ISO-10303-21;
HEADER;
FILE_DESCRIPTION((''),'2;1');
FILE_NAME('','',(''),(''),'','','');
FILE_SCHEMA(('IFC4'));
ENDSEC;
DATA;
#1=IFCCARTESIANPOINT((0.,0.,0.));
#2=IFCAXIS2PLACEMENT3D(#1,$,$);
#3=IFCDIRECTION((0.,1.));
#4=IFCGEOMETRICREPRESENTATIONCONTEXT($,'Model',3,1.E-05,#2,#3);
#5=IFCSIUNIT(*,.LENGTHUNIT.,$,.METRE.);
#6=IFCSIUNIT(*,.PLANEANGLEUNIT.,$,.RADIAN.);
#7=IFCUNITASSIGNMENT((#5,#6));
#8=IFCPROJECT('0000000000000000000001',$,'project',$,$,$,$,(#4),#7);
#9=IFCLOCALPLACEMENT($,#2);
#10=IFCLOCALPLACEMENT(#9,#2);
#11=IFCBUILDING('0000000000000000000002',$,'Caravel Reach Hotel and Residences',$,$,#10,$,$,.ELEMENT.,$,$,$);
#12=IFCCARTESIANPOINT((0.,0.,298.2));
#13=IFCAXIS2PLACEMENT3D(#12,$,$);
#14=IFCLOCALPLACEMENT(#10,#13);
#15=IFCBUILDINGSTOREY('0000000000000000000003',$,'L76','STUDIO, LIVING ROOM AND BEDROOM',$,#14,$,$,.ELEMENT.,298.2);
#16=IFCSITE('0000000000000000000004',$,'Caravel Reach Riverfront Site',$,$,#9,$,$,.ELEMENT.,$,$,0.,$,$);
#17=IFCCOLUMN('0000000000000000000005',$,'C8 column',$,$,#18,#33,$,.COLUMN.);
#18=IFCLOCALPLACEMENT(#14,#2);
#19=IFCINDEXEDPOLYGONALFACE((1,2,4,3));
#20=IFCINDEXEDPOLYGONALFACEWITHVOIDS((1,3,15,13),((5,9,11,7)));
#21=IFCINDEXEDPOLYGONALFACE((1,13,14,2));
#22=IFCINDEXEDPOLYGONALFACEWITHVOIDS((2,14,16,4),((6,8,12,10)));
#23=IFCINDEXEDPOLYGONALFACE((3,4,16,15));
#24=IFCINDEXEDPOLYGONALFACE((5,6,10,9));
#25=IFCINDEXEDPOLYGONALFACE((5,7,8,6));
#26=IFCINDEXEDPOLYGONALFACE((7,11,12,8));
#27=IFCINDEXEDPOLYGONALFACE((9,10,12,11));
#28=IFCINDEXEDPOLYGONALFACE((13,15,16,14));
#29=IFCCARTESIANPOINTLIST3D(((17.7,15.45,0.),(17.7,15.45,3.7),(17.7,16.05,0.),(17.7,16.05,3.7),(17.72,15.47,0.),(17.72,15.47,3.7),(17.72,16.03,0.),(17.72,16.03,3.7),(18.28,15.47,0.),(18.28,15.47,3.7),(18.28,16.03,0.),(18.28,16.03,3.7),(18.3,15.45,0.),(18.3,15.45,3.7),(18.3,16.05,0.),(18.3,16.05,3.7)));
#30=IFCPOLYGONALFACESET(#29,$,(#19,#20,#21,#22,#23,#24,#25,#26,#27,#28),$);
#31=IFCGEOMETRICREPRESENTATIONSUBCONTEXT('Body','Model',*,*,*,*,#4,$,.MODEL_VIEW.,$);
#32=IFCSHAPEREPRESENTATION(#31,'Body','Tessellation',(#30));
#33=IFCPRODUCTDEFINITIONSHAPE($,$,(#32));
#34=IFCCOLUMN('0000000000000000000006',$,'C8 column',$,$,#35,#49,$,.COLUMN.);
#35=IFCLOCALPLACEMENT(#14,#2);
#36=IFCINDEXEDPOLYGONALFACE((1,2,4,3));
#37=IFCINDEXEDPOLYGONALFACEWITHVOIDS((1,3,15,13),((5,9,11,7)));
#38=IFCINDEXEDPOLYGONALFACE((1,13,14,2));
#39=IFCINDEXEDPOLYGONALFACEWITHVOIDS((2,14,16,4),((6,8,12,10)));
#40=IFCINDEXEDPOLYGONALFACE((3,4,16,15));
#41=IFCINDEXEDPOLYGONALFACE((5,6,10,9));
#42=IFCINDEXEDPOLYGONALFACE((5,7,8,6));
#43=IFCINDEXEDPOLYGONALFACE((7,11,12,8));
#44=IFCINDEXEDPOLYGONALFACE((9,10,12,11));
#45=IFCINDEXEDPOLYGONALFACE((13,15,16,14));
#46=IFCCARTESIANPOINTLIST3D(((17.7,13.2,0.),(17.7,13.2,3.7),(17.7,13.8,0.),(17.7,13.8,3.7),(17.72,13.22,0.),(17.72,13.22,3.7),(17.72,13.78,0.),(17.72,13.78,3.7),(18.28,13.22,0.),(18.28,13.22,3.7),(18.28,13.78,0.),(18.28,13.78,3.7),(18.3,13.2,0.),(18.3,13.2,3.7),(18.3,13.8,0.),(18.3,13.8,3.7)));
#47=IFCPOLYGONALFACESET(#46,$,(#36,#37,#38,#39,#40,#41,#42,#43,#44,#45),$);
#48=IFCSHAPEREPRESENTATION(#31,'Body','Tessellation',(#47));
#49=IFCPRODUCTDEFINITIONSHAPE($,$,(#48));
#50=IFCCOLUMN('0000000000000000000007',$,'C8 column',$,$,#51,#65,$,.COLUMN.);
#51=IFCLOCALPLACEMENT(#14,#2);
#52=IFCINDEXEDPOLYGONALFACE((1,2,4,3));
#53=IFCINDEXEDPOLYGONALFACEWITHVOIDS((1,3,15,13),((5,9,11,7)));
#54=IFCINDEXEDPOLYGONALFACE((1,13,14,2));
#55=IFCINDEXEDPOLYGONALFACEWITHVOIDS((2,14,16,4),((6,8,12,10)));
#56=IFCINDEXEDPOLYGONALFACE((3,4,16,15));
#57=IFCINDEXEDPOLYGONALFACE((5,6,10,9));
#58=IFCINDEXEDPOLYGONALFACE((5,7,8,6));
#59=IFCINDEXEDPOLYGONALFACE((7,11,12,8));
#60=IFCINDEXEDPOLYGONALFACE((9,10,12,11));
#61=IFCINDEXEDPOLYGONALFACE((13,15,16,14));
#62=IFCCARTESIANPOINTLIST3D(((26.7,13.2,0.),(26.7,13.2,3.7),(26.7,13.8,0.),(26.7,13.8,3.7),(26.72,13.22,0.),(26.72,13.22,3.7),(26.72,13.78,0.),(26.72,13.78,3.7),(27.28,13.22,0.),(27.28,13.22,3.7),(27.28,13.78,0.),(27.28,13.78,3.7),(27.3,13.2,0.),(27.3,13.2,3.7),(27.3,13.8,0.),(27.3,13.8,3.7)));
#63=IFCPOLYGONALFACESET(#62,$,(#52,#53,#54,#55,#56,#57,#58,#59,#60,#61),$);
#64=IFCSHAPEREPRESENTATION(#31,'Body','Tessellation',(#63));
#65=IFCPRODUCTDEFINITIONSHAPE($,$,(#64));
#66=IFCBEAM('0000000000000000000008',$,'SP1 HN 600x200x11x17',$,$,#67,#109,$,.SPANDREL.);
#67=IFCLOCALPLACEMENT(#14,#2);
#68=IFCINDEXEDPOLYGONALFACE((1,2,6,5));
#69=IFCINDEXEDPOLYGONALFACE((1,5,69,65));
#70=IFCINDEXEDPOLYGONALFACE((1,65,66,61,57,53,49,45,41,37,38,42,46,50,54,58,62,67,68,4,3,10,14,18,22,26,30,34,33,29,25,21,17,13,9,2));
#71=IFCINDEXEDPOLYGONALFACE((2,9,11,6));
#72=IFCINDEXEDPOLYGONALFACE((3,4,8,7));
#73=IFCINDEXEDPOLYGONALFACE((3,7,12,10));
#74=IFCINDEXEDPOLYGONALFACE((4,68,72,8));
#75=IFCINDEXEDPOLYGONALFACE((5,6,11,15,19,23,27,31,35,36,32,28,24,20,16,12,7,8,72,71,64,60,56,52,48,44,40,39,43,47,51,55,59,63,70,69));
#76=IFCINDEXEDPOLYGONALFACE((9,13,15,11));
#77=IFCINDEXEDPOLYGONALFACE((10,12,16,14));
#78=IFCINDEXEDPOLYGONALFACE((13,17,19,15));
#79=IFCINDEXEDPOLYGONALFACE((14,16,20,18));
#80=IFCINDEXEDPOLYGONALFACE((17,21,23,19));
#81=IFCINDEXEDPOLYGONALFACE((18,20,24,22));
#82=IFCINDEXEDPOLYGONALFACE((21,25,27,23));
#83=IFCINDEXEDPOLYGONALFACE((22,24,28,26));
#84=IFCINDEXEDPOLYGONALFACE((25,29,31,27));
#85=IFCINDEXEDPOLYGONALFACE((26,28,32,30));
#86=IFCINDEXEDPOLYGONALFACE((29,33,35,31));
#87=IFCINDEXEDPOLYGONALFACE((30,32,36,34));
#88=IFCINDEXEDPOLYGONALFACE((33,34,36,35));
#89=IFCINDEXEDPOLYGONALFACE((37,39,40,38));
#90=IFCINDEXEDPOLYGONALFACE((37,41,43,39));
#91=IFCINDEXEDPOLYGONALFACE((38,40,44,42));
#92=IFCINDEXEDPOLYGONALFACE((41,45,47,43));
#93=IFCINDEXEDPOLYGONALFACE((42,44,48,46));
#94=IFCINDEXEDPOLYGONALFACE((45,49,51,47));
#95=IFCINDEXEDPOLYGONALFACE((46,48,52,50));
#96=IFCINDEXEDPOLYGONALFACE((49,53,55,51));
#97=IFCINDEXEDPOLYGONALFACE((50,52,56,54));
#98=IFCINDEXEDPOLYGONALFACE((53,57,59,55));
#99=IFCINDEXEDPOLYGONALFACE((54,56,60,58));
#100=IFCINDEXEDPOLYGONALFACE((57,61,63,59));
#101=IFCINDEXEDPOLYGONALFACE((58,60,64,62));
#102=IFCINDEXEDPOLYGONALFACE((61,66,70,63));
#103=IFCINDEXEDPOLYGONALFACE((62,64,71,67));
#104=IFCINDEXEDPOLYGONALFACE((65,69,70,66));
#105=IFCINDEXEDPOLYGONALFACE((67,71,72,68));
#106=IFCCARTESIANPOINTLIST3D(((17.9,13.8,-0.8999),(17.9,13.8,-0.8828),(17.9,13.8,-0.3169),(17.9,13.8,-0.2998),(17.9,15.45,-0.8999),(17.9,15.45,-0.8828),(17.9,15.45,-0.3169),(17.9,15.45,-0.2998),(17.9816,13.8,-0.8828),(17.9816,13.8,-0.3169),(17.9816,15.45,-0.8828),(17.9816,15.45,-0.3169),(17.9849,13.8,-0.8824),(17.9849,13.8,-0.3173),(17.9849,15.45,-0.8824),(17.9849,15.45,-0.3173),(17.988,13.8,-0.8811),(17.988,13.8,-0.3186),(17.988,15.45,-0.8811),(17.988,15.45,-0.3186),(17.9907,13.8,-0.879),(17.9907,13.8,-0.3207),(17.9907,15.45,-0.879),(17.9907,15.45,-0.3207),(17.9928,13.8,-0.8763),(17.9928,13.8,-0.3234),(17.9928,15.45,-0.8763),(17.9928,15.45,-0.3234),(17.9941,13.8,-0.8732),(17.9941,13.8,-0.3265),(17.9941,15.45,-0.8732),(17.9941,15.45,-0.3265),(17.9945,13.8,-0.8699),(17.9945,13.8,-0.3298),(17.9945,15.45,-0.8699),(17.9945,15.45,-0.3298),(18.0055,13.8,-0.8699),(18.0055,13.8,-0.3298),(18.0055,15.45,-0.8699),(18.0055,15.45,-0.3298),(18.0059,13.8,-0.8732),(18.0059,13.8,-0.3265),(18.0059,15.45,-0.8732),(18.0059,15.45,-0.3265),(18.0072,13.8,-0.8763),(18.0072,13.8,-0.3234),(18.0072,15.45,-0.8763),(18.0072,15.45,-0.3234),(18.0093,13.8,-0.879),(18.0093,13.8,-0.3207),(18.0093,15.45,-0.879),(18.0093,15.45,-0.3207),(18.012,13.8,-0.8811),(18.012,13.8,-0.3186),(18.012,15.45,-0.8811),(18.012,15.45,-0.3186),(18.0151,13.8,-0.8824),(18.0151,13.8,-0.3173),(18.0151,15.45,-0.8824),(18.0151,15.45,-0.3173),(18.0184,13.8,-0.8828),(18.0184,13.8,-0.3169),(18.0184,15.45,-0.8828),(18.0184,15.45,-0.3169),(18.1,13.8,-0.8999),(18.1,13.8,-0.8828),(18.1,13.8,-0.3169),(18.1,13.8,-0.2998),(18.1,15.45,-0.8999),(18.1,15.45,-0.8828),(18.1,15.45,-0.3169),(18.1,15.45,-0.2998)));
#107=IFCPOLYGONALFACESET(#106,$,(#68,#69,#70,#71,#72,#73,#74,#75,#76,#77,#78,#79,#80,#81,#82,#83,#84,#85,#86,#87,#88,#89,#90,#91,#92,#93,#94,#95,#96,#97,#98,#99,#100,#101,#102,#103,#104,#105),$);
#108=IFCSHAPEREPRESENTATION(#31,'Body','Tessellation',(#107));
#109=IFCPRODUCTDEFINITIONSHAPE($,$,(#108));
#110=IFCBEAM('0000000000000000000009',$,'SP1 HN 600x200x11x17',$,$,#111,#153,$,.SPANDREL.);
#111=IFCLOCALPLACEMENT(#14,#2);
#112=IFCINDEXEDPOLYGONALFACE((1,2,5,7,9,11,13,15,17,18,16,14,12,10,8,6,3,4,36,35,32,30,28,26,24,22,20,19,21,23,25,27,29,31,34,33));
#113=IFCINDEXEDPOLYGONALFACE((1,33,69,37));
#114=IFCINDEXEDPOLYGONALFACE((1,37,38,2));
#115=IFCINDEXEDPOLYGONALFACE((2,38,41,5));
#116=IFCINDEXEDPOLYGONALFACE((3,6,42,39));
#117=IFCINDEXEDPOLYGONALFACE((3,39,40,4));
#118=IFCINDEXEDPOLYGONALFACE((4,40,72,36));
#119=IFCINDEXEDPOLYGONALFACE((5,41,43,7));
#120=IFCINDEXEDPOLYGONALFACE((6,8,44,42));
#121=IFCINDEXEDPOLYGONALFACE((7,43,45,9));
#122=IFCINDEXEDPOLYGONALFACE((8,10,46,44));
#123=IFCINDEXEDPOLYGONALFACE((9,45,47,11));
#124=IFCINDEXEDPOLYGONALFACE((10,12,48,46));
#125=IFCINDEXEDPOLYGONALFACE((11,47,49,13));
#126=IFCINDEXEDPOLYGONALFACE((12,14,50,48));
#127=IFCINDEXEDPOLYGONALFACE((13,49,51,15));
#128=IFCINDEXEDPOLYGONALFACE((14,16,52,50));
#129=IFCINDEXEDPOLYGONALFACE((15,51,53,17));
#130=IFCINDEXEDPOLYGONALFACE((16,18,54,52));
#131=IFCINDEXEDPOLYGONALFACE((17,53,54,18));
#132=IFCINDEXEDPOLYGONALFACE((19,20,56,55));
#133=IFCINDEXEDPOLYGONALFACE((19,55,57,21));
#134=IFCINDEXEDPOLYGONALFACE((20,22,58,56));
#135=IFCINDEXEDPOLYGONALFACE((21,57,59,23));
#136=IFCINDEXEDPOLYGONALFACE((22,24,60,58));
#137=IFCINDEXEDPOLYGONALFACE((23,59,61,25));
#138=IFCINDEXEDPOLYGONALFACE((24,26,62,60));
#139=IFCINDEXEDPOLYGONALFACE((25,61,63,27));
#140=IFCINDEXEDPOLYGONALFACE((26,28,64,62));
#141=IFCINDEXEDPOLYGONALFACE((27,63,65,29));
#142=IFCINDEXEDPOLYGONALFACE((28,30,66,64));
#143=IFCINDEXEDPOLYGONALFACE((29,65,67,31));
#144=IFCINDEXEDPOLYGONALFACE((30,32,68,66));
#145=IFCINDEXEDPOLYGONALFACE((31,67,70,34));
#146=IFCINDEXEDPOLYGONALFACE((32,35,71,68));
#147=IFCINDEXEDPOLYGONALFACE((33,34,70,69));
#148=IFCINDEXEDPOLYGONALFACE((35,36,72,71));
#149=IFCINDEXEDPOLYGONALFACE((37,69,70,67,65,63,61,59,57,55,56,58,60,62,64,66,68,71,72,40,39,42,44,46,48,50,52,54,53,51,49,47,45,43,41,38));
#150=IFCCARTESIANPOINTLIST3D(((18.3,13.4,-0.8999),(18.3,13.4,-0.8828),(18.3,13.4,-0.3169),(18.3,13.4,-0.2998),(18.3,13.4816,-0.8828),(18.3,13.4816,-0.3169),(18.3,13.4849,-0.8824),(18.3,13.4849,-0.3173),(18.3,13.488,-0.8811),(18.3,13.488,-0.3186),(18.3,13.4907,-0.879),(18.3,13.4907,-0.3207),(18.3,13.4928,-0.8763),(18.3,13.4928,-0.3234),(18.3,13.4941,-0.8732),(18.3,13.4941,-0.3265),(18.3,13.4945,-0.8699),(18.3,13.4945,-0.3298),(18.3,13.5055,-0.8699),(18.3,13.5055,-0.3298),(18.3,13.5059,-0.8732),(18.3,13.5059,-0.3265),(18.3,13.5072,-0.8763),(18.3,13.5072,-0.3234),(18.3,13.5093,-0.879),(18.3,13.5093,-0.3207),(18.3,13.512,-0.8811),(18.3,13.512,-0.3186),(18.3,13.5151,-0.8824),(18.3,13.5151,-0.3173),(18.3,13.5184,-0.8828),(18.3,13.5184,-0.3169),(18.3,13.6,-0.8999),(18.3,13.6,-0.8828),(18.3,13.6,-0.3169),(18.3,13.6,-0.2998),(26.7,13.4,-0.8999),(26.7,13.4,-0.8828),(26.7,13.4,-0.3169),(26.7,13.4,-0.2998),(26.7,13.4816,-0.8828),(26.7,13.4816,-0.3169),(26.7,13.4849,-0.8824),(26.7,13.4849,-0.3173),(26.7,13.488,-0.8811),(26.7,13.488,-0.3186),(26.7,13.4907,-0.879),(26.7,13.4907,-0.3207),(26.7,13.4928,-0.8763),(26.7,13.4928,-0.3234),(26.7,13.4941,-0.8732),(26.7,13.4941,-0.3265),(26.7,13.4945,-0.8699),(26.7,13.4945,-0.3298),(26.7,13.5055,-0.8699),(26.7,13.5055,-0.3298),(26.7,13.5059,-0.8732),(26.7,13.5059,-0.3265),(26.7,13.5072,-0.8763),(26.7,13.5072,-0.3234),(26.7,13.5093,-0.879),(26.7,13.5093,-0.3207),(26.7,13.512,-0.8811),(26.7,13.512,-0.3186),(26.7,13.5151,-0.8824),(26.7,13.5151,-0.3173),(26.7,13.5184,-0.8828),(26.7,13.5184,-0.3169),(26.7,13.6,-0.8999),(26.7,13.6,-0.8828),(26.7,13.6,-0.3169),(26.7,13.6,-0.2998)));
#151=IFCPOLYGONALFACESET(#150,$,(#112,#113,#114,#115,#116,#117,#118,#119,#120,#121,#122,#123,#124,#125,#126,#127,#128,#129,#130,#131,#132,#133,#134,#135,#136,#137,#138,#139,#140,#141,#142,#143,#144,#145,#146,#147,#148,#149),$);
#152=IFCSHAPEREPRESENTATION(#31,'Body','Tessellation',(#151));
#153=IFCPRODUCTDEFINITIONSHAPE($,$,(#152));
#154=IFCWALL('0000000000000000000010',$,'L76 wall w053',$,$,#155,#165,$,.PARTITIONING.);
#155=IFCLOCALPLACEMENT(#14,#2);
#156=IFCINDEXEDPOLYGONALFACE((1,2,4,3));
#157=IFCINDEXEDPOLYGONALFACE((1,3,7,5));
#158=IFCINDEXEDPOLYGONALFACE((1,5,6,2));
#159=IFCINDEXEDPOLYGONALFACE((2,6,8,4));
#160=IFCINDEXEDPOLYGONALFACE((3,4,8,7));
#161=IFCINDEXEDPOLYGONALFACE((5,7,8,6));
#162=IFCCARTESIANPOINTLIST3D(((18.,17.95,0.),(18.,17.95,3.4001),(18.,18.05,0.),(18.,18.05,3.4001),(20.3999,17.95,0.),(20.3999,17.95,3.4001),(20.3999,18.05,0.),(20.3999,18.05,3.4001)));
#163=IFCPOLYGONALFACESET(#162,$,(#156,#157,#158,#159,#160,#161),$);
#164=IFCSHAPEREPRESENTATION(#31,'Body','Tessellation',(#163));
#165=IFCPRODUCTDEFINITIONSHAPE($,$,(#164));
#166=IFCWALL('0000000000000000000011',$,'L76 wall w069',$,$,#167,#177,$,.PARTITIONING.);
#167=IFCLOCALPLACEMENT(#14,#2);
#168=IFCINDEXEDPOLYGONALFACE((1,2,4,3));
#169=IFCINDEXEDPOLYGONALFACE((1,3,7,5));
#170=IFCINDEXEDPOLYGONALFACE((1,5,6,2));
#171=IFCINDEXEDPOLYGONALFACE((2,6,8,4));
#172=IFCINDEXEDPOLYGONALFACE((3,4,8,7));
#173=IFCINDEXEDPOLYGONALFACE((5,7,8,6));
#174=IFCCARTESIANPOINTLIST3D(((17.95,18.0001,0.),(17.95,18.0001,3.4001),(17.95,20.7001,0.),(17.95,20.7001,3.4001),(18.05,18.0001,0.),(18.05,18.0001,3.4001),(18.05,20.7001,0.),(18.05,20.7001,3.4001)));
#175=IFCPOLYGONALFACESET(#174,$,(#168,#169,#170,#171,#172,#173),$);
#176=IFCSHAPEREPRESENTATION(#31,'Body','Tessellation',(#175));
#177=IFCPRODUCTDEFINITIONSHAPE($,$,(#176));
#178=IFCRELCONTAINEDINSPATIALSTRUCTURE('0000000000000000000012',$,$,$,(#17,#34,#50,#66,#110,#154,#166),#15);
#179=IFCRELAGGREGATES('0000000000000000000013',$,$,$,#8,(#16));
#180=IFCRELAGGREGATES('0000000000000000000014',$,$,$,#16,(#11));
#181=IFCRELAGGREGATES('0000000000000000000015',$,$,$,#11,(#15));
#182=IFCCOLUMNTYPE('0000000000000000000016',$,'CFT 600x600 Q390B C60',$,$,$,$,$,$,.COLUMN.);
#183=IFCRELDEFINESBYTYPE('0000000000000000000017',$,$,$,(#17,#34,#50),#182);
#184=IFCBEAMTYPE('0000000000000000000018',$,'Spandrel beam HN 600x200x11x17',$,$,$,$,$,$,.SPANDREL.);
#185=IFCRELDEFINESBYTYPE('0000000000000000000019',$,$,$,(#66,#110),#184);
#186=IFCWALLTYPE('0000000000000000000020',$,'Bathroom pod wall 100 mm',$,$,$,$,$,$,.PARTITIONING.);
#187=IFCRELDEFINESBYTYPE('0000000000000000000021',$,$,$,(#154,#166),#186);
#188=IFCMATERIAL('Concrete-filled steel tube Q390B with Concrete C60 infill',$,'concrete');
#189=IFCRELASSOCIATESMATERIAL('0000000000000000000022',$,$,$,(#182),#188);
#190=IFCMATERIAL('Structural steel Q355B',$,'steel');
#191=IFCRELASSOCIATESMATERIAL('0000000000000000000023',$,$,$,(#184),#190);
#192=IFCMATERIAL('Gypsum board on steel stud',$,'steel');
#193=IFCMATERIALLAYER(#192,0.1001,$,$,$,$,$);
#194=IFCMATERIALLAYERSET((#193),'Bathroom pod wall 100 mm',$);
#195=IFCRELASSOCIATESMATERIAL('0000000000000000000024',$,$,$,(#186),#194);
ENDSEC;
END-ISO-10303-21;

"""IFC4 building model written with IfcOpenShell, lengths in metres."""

from ifc_helpers import new_model, si_unit, direction, frame, frame_2d, origin, origin_2d, place, context, subcontext, project, spatial, rectangle, hollow_rectangle, i_section, extrude, material, layer, layer_set, material_profile, profile_set, type_object, element, save


model = new_model("IFC4")

# Units and contexts
model_context = context("Model", 3, precision=1e-05, world=origin(), true_north=direction((0.0, 1.0)))
body_context = subcontext(model_context, "Body", "Model", "MODEL_VIEW")
ifc_project = project(units=[si_unit("LENGTHUNIT", "METRE"), si_unit("PLANEANGLEUNIT", "RADIAN")], contexts=[model_context])

# Site, building, storey
site_placement = place(None, origin())
site = spatial("IfcSite", under=ifc_project, at=site_placement, Name="Caravel Reach Riverfront Site", CompositionType="ELEMENT", RefElevation=0.0)
building_placement = place(site_placement, origin())
building = spatial("IfcBuilding", under=site, at=building_placement, Name="Caravel Reach Hotel and Residences", CompositionType="ELEMENT")
storey_placement = place(building_placement, frame((0.0, 0.0, 298.2)))
storey = spatial("IfcBuildingStorey", under=building, at=storey_placement, Name="L76", Description="STUDIO, LIVING ROOM AND BEDROOM", CompositionType="ELEMENT", Elevation=298.2)

# Columns
ifc_material_1 = material(Name="Concrete-filled steel tube Q390B with Concrete C60 infill", Category="concrete")
ifc_material_profile_1 = material_profile(ifc_material_1, hollow_rectangle(XDim=0.6001, YDim=0.6001, WallThickness=0.02, at=origin_2d()), Name="RHS 600x600x20")
ifc_profile_set_1 = profile_set([ifc_material_profile_1], Name="Concrete-filled steel tube Q390B with Concrete C60 infill")
column_type = type_object("IfcColumnType", Name="CFT 600x600 Q390B C60", PredefinedType="COLUMN", material=ifc_profile_set_1)
for number, where, z_axis, x_axis, name in (
    (1, (18.0, 15.75, 0.0), (0.0, 0.0, 1.0), (1.0, 0.0, 0.0), "C8 column"),
    (2, (18.0, 13.5, 0.0), (0.0, 0.0, 1.0), (1.0, 0.0, 0.0), "C8 column"),
    (3, (27.0, 13.5, 0.0), (0.0, 0.0, 1.0), (1.0, 0.0, 0.0), "C8 column"),
):
    element("IfcColumn", number, at=place(storey_placement, frame(where, z_axis=z_axis, x_axis=x_axis)), inside=storey, type_object=column_type, Name=name, PredefinedType="COLUMN", context=body_context, shape_type="SweptSolid", body=[
        extrude(hollow_rectangle(XDim=0.6001, YDim=0.6001, WallThickness=0.02, at=origin_2d()), origin(), (0.0, 0.0, 1.0), 3.7),
    ])

# Beams
ifc_material_2 = material(Name="Structural steel Q355B", Category="steel")
ifc_material_profile_2 = material_profile(ifc_material_2, i_section(OverallWidth=0.2, OverallDepth=0.6001, WebThickness=0.011, FlangeThickness=0.0171, FilletRadius=0.0129, at=origin_2d()), Name="HN 600x200x11x17")
ifc_profile_set_2 = profile_set([ifc_material_profile_2], Name="Structural steel Q355B")
beam_type = type_object("IfcBeamType", Name="Spandrel beam HN 600x200x11x17", PredefinedType="SPANDREL", material=ifc_profile_set_2)
beam_1_placement = place(storey_placement, frame((18.0, 15.45, -0.5999), z_axis=(0.0, -1.0, 0.0), x_axis=(1.0, 0.0, 0.0)))
element("IfcBeam", 4, at=beam_1_placement, inside=storey, type_object=beam_type, Name="SP1 HN 600x200x11x17", PredefinedType="SPANDREL", context=body_context, shape_type="SweptSolid", body=[
    extrude(i_section(OverallWidth=0.2, OverallDepth=0.6001, WebThickness=0.011, FlangeThickness=0.0171, FilletRadius=0.0129, at=origin_2d()), origin(), (0.0, 0.0, 1.0), 1.6499),
])
beam_2_placement = place(storey_placement, frame((18.3, 13.5, -0.5999), z_axis=(1.0, 0.0, 0.0), x_axis=(0.0, 1.0, 0.0)))
element("IfcBeam", 5, at=beam_2_placement, inside=storey, type_object=beam_type, Name="SP1 HN 600x200x11x17", PredefinedType="SPANDREL", context=body_context, shape_type="SweptSolid", body=[
    extrude(i_section(OverallWidth=0.2, OverallDepth=0.6001, WebThickness=0.011, FlangeThickness=0.0171, FilletRadius=0.0129, at=origin_2d()), origin(), (0.0, 0.0, 1.0), 8.3999),
])

# Walls
ifc_material_3 = material(Name="Gypsum board on steel stud", Category="steel")
ifc_layer_1 = layer(ifc_material_3, 0.1001)
ifc_layer_set_1 = layer_set([ifc_layer_1], Name="Bathroom pod wall 100 mm")
wall_type_1 = type_object("IfcWallType", Name="Bathroom pod wall 100 mm", PredefinedType="PARTITIONING", material=ifc_layer_set_1)
wall_1_placement = place(storey_placement, frame((18.0, 18.0, 0.0), z_axis=(0.0, 0.0, 1.0), x_axis=(1.0, 0.0, 0.0)))
element("IfcWall", 6, at=wall_1_placement, inside=storey, type_object=wall_type_1, Name="L76 wall w053", PredefinedType="PARTITIONING", context=body_context, shape_type="SweptSolid", body=[
    extrude(rectangle(XDim=2.3999, YDim=0.1001, at=frame_2d((1.2, 0.0))), origin(), (0.0, 0.0, 1.0), 3.4001),
])
wall_2_placement = place(storey_placement, frame((18.0, 18.0, 0.0), z_axis=(0.0, 0.0, 1.0), x_axis=(0.0, 1.0, 0.0)))
element("IfcWall", 7, at=wall_2_placement, inside=storey, type_object=wall_type_1, Name="L76 wall w069", PredefinedType="PARTITIONING", context=body_context, shape_type="SweptSolid", body=[
    extrude(rectangle(XDim=2.7, YDim=0.1001, at=frame_2d((1.3501, 0.0))), origin(), (0.0, 0.0, 1.0), 3.4001),
])

save(model, "model.ifc")
